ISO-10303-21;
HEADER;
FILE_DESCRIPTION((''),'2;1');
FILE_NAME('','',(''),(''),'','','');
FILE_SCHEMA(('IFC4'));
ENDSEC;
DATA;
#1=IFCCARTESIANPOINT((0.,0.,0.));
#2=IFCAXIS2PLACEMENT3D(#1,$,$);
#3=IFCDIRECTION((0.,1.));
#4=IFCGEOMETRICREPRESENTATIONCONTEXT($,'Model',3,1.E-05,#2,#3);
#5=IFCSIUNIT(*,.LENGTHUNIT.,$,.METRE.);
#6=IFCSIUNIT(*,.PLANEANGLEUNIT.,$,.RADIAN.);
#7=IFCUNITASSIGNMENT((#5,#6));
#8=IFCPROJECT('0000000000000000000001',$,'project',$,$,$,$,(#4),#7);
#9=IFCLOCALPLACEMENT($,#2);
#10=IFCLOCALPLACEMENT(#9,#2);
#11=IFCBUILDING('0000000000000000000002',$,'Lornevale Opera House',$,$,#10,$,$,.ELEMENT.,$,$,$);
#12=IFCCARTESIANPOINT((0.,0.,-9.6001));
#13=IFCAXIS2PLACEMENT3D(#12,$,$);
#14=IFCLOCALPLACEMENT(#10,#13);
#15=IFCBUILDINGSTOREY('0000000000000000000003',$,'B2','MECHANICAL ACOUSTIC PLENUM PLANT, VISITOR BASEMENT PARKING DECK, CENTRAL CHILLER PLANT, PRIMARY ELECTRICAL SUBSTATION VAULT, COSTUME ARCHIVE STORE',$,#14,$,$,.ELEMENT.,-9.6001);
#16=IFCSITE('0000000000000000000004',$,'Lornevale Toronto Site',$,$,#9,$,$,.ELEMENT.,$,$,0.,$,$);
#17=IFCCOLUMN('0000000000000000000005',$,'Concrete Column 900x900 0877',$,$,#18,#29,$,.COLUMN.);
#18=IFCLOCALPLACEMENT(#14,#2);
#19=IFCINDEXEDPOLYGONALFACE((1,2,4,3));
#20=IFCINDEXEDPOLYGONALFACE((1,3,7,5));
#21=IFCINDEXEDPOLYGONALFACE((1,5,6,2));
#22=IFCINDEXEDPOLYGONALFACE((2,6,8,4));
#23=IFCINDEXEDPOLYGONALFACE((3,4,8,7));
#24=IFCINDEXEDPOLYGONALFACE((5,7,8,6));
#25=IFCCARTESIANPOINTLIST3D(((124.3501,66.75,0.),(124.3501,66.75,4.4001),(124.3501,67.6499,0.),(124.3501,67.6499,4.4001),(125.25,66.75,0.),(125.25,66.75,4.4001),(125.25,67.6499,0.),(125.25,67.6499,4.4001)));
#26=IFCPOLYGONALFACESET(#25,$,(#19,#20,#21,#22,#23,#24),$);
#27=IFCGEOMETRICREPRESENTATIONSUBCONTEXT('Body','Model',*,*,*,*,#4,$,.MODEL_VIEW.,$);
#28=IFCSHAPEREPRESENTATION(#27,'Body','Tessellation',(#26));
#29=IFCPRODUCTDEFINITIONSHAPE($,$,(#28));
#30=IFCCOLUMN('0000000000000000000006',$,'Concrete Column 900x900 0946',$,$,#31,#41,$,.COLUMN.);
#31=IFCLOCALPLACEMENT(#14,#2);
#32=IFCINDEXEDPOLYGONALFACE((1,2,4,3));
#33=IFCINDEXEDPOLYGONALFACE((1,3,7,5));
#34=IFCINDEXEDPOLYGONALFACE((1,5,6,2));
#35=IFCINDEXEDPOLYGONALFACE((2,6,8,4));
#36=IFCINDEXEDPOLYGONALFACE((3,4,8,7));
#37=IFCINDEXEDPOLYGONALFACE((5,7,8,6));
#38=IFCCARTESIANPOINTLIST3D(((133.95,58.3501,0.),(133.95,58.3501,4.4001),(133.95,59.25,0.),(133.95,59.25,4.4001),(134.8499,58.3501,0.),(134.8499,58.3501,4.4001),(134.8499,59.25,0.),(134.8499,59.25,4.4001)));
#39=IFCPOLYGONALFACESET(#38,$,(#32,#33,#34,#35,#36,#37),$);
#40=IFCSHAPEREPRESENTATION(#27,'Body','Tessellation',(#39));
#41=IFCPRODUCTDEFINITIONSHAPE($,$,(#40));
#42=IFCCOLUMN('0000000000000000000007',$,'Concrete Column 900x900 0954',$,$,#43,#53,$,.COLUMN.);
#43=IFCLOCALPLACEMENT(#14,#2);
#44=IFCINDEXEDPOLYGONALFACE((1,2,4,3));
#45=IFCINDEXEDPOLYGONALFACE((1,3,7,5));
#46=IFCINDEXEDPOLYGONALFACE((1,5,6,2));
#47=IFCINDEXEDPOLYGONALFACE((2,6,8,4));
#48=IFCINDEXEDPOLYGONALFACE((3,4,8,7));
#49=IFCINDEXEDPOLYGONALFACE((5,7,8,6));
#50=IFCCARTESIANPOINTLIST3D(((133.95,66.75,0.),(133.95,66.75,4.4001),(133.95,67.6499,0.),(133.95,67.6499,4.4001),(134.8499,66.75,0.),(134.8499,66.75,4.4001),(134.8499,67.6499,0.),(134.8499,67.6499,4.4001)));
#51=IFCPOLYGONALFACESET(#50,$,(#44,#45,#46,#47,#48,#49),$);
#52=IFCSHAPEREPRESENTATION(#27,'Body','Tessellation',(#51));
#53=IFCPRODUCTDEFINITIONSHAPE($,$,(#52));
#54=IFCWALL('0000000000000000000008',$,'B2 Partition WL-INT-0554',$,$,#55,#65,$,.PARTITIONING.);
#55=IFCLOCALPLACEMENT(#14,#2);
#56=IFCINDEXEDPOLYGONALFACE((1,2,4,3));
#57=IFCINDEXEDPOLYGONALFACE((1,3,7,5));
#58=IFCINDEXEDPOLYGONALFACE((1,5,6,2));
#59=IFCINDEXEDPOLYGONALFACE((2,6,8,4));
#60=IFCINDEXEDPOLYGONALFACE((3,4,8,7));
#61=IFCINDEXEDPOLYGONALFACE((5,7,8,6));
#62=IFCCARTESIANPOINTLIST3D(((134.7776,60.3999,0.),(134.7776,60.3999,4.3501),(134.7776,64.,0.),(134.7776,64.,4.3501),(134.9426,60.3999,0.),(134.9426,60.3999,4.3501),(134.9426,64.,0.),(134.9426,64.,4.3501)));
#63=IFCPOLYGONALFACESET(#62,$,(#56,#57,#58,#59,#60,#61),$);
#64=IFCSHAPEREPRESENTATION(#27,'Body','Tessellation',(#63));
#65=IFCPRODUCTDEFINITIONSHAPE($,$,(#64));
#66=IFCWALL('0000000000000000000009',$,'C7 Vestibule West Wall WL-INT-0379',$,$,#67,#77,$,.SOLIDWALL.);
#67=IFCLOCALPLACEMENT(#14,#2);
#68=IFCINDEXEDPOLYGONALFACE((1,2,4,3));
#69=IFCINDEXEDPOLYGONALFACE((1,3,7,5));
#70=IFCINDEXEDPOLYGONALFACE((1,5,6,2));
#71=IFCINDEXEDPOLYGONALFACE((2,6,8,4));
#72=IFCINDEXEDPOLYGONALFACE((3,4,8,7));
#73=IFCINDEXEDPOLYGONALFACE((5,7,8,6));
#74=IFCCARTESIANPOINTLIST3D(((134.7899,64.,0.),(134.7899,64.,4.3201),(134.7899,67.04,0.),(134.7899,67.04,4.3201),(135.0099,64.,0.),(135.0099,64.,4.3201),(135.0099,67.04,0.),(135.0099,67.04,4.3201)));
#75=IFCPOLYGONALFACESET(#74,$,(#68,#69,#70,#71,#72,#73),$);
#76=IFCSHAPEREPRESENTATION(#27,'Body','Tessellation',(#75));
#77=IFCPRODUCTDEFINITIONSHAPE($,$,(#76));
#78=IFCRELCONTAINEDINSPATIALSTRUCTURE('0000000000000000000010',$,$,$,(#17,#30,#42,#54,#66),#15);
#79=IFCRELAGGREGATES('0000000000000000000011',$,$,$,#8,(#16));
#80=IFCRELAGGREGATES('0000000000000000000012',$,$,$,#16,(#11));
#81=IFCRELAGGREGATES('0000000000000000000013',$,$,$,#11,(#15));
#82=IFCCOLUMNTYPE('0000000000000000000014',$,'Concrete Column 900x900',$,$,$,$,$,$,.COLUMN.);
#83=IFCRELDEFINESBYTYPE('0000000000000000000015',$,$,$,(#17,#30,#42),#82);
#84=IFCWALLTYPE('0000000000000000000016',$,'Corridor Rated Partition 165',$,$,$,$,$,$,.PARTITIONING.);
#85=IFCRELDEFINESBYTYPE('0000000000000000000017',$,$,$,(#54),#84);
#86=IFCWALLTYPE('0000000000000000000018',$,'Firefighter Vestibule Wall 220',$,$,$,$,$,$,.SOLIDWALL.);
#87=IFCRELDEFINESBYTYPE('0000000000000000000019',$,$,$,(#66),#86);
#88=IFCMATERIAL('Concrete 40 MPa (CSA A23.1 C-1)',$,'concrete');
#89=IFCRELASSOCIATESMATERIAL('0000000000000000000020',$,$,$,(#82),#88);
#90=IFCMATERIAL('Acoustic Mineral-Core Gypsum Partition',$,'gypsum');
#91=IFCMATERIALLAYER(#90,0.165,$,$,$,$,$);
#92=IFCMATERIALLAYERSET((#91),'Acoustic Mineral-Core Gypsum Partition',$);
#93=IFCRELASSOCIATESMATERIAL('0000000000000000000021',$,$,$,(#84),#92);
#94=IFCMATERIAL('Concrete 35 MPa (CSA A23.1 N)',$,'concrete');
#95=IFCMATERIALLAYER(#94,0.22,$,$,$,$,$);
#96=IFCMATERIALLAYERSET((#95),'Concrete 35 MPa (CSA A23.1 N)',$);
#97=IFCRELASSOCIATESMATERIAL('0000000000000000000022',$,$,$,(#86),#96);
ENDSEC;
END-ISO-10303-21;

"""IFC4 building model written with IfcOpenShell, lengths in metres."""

from ifc_helpers import new_model, si_unit, direction, frame, frame_2d, origin, origin_2d, place, context, subcontext, project, spatial, rectangle, extrude, material, layer, layer_set, material_profile, profile_set, type_object, element, save


model = new_model("IFC4")

# Units and contexts
model_context = context("Model", 3, precision=1e-05, world=origin(), true_north=direction((0.0, 1.0)))
body_context = subcontext(model_context, "Body", "Model", "MODEL_VIEW")
ifc_project = project(units=[si_unit("LENGTHUNIT", "METRE"), si_unit("PLANEANGLEUNIT", "RADIAN")], contexts=[model_context])

# Site, building, storey
site_placement = place(None, origin())
site = spatial("IfcSite", under=ifc_project, at=site_placement, Name="Lornevale Toronto Site", CompositionType="ELEMENT", RefElevation=0.0)
building_placement = place(site_placement, origin())
building = spatial("IfcBuilding", under=site, at=building_placement, Name="Lornevale Opera House", CompositionType="ELEMENT")
storey_placement = place(building_placement, frame((0.0, 0.0, -9.6001)))
storey = spatial("IfcBuildingStorey", under=building, at=storey_placement, Name="B2", Description="MECHANICAL ACOUSTIC PLENUM PLANT, VISITOR BASEMENT PARKING DECK, CENTRAL CHILLER PLANT, PRIMARY ELECTRICAL SUBSTATION VAULT, COSTUME ARCHIVE STORE", CompositionType="ELEMENT", Elevation=-9.6001)

# Shared definitions
ifc_material_1 = material(Name="Concrete 35 MPa (CSA A23.1 N)", Category="concrete")

# Shared definitions
ifc_material_2 = material(Name="Concrete 40 MPa (CSA A23.1 C-1)", Category="concrete")

# Columns
ifc_material_profile_1 = material_profile(ifc_material_2, rectangle(XDim=0.8999, YDim=0.8999, at=origin_2d()), Name="RC900x900")
ifc_profile_set_1 = profile_set([ifc_material_profile_1], Name="Concrete 40 MPa (CSA A23.1 C-1)")
column_type = type_object("IfcColumnType", Name="Concrete Column 900x900", PredefinedType="COLUMN", material=ifc_profile_set_1)
for number, where, z_axis, x_axis, name in (
    (1, (124.8, 67.2, 0.0), (0.0, 0.0, 1.0), (1.0, 0.0, 0.0), "Concrete Column 900x900 0877"),
    (2, (134.3999, 58.8, 0.0), (0.0, 0.0, 1.0), (1.0, 0.0, 0.0), "Concrete Column 900x900 0946"),
    (3, (134.3999, 67.2, 0.0), (0.0, 0.0, 1.0), (1.0, 0.0, 0.0), "Concrete Column 900x900 0954"),
):
    element("IfcColumn", number, at=place(storey_placement, frame(where, z_axis=z_axis, x_axis=x_axis)), inside=storey, type_object=column_type, Name=name, PredefinedType="COLUMN", context=body_context, shape_type="SweptSolid", body=[
        extrude(rectangle(XDim=0.8999, YDim=0.8999, at=origin_2d()), origin(), (0.0, 0.0, 1.0), 4.4001),
    ])

# Walls
ifc_material_3 = material(Name="Acoustic Mineral-Core Gypsum Partition", Category="gypsum")
ifc_layer_1 = layer(ifc_material_3, 0.165)
ifc_layer_set_1 = layer_set([ifc_layer_1], Name="Acoustic Mineral-Core Gypsum Partition")
wall_type_1 = type_object("IfcWallType", Name="Corridor Rated Partition 165", PredefinedType="PARTITIONING", material=ifc_layer_set_1)
wall_1_placement = place(storey_placement, frame((134.8601, 60.3999, 0.0), z_axis=(0.0, 0.0, 1.0), x_axis=(0.0, 1.0, 0.0)))
element("IfcWall", 4, at=wall_1_placement, inside=storey, type_object=wall_type_1, Name="B2 Partition WL-INT-0554", PredefinedType="PARTITIONING", context=body_context, shape_type="SweptSolid", body=[
    extrude(rectangle(XDim=3.6001, YDim=0.165, at=frame_2d((1.8, 0.0))), origin(), (0.0, 0.0, 1.0), 4.3501),
])
ifc_layer_2 = layer(ifc_material_1, 0.22)
ifc_layer_set_2 = layer_set([ifc_layer_2], Name="Concrete 35 MPa (CSA A23.1 N)")
wall_type_2 = type_object("IfcWallType", Name="Firefighter Vestibule Wall 220", PredefinedType="SOLIDWALL", material=ifc_layer_set_2)
wall_2_placement = place(storey_placement, frame((134.8999, 64.0, 0.0), z_axis=(0.0, 0.0, 1.0), x_axis=(0.0, 1.0, 0.0)))
element("IfcWall", 5, at=wall_2_placement, inside=storey, type_object=wall_type_2, Name="C7 Vestibule West Wall WL-INT-0379", PredefinedType="SOLIDWALL", context=body_context, shape_type="SweptSolid", body=[
    extrude(rectangle(XDim=3.04, YDim=0.22, at=frame_2d((1.52, 0.0))), origin(), (0.0, 0.0, 1.0), 4.3201),
])

save(model, "model.ifc")
